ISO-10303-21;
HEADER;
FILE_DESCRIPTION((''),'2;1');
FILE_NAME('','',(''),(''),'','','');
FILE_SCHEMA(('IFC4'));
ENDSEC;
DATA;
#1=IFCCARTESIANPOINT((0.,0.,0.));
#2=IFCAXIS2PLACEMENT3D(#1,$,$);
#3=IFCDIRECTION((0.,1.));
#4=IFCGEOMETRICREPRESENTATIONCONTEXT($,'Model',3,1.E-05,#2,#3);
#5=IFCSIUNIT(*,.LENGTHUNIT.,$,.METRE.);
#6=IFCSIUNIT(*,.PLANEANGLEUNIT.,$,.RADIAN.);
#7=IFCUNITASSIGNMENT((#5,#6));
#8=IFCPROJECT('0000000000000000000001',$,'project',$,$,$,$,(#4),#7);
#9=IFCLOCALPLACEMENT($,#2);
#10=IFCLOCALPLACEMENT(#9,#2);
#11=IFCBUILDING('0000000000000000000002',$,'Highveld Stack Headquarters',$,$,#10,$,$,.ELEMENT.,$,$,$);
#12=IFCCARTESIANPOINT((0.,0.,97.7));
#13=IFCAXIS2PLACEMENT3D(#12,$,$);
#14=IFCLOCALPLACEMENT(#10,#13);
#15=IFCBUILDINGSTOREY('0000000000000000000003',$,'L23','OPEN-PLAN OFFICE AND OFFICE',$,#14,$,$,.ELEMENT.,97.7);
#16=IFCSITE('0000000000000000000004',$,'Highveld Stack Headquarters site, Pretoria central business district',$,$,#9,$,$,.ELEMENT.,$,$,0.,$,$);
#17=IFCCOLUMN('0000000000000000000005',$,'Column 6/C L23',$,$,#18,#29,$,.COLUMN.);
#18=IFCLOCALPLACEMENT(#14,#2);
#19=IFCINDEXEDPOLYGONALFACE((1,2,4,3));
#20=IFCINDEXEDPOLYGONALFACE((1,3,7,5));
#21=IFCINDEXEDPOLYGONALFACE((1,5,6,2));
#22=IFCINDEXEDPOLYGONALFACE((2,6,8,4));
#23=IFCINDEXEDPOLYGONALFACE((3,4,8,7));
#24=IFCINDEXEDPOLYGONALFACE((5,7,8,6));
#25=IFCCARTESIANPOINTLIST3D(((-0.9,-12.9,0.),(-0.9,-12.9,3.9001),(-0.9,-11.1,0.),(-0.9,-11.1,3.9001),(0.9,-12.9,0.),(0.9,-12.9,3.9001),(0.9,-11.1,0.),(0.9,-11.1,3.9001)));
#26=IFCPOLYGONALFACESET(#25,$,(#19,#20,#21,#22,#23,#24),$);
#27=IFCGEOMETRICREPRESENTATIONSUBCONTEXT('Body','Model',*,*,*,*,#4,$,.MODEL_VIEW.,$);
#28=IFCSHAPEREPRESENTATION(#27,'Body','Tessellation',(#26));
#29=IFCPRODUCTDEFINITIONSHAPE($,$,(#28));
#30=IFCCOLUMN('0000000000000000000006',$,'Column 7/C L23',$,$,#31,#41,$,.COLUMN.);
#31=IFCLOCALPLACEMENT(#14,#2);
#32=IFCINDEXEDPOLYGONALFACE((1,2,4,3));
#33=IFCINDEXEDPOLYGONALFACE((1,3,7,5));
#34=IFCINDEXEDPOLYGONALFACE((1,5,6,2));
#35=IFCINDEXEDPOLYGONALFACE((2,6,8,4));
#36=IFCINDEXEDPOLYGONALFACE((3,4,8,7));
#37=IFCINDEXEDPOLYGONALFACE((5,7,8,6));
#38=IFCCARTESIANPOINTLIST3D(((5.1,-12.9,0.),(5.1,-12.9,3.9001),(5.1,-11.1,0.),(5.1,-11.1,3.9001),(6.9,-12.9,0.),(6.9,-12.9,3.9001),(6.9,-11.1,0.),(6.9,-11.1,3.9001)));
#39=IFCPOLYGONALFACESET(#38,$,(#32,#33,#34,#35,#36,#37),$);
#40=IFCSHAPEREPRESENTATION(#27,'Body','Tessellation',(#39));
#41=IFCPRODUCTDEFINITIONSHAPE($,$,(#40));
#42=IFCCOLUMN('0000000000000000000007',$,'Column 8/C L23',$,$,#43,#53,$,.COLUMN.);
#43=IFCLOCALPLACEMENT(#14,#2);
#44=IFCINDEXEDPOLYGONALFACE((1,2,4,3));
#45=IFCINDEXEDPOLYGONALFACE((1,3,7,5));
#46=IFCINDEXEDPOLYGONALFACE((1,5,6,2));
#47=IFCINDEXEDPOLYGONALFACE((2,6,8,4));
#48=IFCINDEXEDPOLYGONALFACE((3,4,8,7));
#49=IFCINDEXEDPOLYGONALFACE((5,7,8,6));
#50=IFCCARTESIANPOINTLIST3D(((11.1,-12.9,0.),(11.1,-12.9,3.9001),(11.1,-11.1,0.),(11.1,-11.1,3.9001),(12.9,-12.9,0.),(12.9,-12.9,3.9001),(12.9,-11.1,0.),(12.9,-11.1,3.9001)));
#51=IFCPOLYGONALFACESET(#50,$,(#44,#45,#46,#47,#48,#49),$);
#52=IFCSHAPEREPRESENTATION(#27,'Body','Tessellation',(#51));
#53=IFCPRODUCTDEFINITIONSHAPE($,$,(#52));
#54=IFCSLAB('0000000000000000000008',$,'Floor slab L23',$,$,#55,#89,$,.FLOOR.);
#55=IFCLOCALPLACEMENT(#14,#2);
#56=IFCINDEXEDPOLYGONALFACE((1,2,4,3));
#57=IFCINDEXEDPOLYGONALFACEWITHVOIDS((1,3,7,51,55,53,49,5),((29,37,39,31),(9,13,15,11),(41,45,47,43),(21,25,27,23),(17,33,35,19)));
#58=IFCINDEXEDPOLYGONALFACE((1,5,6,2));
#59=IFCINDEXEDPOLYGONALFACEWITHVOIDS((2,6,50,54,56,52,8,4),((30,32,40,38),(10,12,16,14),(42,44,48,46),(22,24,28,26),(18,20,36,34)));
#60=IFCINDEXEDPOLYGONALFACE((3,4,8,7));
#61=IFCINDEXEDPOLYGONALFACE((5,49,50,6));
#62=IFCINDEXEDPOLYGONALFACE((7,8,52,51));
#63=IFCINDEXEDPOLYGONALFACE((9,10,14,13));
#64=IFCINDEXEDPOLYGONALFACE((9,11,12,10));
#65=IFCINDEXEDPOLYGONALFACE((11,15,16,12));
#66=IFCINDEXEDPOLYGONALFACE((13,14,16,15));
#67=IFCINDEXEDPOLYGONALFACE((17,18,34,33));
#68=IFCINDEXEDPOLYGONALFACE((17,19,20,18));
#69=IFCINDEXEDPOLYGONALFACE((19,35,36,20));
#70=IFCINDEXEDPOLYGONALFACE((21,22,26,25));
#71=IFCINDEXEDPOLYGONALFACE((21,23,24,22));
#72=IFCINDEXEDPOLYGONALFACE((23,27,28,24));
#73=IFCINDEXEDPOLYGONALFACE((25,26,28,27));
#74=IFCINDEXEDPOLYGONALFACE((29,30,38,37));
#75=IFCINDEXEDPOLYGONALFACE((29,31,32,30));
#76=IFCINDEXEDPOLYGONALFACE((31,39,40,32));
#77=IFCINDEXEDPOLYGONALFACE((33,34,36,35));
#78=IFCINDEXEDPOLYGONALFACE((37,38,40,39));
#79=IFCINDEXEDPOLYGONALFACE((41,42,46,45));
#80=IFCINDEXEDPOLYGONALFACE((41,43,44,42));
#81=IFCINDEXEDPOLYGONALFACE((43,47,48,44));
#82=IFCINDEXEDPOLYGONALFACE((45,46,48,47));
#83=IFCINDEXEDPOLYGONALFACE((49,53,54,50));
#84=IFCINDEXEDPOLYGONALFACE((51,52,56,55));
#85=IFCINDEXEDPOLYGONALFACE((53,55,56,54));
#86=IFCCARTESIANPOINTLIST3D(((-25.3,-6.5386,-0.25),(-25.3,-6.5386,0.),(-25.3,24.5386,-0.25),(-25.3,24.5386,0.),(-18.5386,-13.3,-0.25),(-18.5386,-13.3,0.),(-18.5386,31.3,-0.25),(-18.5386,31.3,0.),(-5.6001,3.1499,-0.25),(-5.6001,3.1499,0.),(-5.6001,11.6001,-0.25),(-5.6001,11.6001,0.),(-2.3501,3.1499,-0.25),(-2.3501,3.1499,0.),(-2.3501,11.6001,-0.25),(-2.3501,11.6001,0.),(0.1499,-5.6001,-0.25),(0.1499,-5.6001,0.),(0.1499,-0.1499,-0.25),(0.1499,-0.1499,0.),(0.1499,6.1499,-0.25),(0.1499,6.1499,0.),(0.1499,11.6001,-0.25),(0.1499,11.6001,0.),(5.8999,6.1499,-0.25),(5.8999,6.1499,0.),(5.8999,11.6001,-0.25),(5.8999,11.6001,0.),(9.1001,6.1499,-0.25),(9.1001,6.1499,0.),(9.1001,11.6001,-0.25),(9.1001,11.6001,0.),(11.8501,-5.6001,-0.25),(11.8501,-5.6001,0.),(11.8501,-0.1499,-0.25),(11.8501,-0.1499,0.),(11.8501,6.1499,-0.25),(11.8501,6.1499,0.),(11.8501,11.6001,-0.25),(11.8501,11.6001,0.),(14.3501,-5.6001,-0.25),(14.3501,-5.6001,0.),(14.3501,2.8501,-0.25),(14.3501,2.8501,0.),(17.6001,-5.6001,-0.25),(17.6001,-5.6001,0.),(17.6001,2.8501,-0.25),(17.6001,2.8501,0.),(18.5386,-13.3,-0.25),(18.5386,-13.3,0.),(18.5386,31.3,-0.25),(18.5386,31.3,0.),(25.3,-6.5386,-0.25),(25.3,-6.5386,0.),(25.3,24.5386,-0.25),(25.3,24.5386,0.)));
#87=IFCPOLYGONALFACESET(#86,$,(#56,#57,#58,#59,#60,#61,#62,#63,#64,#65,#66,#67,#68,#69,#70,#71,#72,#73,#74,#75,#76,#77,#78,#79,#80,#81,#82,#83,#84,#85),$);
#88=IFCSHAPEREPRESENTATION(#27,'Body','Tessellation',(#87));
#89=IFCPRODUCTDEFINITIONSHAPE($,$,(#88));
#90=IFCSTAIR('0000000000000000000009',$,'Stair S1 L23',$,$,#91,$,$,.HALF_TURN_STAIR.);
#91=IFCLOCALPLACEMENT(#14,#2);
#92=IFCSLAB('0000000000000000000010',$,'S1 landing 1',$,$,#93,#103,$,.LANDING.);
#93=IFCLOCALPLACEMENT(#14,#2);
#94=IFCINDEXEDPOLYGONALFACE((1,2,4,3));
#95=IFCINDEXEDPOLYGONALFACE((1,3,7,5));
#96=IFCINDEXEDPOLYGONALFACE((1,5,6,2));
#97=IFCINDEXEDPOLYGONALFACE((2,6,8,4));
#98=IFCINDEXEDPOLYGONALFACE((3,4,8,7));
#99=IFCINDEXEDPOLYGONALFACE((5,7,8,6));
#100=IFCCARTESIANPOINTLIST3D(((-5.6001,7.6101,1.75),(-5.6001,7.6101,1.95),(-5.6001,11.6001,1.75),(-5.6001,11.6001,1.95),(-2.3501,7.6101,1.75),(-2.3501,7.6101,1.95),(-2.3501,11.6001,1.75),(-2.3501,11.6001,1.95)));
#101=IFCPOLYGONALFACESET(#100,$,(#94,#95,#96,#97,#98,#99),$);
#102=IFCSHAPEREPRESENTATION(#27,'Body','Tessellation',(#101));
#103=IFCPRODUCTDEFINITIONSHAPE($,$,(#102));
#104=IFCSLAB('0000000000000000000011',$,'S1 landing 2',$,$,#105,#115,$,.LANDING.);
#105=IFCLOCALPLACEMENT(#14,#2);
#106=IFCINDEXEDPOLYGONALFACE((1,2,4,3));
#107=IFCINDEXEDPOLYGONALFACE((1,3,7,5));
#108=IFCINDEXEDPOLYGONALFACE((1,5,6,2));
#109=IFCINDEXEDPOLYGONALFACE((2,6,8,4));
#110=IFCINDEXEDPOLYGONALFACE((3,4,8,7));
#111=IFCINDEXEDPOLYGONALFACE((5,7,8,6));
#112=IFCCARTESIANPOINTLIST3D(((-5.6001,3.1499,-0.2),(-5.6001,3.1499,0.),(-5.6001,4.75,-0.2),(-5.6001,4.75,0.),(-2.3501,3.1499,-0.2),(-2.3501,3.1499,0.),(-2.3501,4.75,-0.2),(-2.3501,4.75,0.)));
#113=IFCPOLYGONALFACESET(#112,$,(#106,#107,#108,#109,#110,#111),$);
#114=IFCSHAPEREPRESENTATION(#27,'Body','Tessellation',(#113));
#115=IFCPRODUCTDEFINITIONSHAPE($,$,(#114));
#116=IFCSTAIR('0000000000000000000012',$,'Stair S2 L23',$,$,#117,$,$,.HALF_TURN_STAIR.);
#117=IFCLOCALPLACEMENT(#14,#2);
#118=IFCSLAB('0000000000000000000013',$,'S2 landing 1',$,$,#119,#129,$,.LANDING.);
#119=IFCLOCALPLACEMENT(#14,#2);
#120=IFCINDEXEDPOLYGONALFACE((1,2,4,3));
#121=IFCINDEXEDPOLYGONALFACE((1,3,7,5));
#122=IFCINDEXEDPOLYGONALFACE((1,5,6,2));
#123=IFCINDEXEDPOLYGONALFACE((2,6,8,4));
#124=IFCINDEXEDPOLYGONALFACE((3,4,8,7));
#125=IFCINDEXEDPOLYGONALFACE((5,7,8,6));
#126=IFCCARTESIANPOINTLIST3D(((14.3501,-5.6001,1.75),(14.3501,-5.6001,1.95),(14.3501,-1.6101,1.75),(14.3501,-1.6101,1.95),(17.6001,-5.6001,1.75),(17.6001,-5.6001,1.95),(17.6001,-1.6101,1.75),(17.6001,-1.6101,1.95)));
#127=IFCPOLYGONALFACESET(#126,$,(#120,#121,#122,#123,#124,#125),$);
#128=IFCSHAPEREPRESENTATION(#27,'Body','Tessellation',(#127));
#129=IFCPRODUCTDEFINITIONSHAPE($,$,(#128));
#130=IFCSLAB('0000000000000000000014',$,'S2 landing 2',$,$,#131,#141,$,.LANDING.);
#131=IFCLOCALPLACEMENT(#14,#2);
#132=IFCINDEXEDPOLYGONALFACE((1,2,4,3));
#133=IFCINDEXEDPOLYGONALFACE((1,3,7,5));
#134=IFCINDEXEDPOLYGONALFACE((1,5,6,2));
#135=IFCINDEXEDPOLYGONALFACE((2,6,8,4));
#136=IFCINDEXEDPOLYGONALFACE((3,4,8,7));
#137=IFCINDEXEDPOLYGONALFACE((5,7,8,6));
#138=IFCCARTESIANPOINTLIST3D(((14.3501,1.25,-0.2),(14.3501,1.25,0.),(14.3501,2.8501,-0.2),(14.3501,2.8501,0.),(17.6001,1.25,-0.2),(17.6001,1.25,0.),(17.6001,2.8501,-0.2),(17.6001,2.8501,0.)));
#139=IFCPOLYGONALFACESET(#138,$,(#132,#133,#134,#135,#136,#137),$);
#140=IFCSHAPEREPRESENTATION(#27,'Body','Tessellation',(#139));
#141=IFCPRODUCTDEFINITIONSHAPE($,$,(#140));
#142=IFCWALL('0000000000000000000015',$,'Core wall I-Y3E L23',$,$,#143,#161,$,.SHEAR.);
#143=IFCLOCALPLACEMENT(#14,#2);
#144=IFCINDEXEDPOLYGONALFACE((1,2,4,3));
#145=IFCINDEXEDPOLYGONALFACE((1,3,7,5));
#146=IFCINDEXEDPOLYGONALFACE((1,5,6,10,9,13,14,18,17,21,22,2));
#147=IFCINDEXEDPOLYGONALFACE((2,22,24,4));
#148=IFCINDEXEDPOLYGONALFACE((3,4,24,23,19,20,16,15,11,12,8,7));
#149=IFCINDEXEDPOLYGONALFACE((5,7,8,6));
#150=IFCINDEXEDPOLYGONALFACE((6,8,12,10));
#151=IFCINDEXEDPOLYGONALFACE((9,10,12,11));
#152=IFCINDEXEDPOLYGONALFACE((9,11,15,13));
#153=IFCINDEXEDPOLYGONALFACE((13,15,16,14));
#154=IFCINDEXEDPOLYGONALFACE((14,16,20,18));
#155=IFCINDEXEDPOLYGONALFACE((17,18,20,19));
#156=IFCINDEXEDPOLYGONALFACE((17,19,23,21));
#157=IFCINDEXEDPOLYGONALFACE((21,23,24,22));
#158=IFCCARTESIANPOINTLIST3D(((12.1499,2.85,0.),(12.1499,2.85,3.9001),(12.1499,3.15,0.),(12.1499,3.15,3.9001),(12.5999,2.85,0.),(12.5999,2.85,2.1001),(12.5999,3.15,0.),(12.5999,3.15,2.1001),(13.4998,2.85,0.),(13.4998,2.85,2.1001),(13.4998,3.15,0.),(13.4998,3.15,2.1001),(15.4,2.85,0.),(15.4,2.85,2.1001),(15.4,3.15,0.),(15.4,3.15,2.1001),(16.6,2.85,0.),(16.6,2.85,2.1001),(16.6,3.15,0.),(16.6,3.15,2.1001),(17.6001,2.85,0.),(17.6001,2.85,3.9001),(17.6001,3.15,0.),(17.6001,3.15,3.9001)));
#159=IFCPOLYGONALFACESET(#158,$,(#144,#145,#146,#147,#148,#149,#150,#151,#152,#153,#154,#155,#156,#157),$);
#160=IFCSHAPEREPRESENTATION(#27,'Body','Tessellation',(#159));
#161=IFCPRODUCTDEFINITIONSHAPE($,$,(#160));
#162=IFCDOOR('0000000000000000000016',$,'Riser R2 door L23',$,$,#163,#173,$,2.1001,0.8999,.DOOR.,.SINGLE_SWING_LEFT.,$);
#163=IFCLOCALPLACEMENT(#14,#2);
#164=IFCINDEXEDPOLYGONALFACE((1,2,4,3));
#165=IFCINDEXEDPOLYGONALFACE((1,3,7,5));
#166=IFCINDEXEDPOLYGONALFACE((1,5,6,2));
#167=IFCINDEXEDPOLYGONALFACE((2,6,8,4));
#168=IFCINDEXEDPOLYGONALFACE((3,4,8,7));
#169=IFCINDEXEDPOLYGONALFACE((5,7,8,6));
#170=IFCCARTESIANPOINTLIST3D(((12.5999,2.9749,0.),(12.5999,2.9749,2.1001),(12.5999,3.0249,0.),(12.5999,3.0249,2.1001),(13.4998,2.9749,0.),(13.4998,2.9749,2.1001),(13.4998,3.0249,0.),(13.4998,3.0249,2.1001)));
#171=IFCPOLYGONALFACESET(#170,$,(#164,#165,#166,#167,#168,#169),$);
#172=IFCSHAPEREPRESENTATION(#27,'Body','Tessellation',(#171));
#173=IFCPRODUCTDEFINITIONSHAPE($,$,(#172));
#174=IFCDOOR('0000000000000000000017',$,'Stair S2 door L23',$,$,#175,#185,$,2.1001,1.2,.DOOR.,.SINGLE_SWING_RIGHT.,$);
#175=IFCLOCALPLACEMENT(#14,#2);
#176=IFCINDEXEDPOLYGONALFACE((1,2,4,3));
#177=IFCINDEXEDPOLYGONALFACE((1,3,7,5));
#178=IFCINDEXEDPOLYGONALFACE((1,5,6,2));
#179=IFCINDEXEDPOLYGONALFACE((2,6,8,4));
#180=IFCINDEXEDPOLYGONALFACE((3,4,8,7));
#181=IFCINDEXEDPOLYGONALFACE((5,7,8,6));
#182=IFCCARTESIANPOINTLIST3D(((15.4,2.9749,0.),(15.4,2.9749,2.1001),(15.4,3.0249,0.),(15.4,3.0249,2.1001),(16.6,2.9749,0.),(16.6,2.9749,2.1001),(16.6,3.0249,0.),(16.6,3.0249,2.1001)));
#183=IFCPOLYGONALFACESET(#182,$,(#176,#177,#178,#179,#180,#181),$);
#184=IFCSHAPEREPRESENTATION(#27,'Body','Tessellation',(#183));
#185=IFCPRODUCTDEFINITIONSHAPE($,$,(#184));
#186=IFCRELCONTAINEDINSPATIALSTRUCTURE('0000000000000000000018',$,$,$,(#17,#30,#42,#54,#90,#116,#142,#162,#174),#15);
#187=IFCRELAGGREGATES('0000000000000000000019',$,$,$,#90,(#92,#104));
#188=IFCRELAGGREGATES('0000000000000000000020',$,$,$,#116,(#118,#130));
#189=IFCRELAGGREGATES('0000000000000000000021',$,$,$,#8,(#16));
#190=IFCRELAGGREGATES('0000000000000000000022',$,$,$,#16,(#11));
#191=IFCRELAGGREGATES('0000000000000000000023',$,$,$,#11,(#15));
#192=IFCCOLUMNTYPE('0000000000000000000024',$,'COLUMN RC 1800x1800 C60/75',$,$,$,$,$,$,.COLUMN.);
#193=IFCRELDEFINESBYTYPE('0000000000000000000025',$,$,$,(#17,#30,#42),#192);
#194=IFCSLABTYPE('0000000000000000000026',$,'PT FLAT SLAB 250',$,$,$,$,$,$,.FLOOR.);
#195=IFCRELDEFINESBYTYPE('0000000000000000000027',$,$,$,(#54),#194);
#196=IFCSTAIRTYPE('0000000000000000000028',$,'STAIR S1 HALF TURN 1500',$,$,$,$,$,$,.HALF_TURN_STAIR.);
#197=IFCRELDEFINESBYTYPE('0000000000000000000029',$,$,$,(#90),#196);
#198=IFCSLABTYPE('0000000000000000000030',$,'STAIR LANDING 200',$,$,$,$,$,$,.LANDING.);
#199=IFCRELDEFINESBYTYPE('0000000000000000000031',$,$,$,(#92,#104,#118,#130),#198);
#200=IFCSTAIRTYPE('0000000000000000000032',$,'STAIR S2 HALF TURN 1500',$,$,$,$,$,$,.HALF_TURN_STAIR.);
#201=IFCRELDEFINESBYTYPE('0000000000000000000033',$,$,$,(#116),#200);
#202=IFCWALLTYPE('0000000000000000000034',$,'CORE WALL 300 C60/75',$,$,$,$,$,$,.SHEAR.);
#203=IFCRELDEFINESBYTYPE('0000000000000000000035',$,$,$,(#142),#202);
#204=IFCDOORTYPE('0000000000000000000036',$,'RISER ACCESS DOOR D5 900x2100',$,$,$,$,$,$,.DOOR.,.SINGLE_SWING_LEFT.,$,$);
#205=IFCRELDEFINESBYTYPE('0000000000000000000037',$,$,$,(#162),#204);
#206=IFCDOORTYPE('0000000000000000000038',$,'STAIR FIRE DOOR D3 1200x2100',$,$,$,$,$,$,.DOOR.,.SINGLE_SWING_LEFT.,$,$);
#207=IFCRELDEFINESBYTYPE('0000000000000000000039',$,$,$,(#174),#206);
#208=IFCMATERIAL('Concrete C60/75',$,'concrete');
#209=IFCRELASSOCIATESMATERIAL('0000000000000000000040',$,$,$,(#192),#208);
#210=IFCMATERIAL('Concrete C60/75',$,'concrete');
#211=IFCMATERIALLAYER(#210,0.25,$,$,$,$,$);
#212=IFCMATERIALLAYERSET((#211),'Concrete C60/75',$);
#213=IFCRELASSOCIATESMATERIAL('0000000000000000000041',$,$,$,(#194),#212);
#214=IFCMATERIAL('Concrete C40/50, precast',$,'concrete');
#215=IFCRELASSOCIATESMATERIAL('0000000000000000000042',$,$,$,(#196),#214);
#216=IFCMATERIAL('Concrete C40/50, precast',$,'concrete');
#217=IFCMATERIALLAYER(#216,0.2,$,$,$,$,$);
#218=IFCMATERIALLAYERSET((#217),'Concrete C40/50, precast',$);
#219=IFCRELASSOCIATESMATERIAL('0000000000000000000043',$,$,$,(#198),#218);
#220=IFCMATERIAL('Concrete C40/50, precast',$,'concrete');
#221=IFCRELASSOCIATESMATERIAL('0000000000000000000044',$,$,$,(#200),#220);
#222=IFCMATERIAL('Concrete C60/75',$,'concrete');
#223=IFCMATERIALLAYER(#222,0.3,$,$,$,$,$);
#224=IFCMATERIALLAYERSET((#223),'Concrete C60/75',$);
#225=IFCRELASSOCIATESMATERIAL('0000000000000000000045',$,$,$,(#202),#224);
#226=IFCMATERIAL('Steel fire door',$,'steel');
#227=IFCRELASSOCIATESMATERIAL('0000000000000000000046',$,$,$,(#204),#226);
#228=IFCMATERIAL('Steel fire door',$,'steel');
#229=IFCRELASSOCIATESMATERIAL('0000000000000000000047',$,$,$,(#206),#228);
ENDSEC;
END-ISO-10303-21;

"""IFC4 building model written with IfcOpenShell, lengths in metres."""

from ifc_helpers import new_model, si_unit, direction, frame, frame_2d, origin, origin_2d, place, context, subcontext, project, spatial, polyline, rectangle, outline, extrude, material, layer, layer_set, material_profile, profile_set, type_object, element, fill, aggregate, save


model = new_model("IFC4")

# Units and contexts
model_context = context("Model", 3, precision=1e-05, world=origin(), true_north=direction((0.0, 1.0)))
body_context = subcontext(model_context, "Body", "Model", "MODEL_VIEW")
ifc_project = project(units=[si_unit("LENGTHUNIT", "METRE"), si_unit("PLANEANGLEUNIT", "RADIAN")], contexts=[model_context])

# Site, building, storey
site_placement = place(None, origin())
site = spatial("IfcSite", under=ifc_project, at=site_placement, Name="Highveld Stack Headquarters site, Pretoria central business district", CompositionType="ELEMENT", RefElevation=0.0)
building_placement = place(site_placement, origin())
building = spatial("IfcBuilding", under=site, at=building_placement, Name="Highveld Stack Headquarters", CompositionType="ELEMENT")
storey_placement = place(building_placement, frame((0.0, 0.0, 97.7)))
storey = spatial("IfcBuildingStorey", under=building, at=storey_placement, Name="L23", Description="OPEN-PLAN OFFICE AND OFFICE", CompositionType="ELEMENT", Elevation=97.7)

# Columns
ifc_material_1 = material(Name="Concrete C60/75", Category="concrete")
ifc_material_profile = material_profile(ifc_material_1, rectangle(XDim=1.8, YDim=1.8, at=origin_2d()), Name="RC 1800x1800")
ifc_profile_set = profile_set([ifc_material_profile], Name="Concrete C60/75")
column_type = type_object("IfcColumnType", Name="COLUMN RC 1800x1800 C60/75", PredefinedType="COLUMN", material=ifc_profile_set)
for number, where, z_axis, x_axis, name in (
    (1, (0.0, -12.0, 0.0), (0.0, 0.0, 1.0), (1.0, 0.0, 0.0), "Column 6/C L23"),
    (2, (6.0, -12.0, 0.0), (0.0, 0.0, 1.0), (1.0, 0.0, 0.0), "Column 7/C L23"),
    (3, (12.0, -12.0, 0.0), (0.0, 0.0, 1.0), (1.0, 0.0, 0.0), "Column 8/C L23"),
):
    element("IfcColumn", number, at=place(storey_placement, frame(where, z_axis=z_axis, x_axis=x_axis)), inside=storey, type_object=column_type, Name=name, PredefinedType="COLUMN", context=body_context, shape_type="SweptSolid", body=[
        extrude(rectangle(XDim=1.8, YDim=1.8, at=origin_2d()), origin(), (0.0, 0.0, 1.0), 3.9001),
    ])

# Slab
ifc_material_2 = material(Name="Concrete C60/75", Category="concrete")
ifc_layer_1 = layer(ifc_material_2, 0.25)
ifc_layer_set_1 = layer_set([ifc_layer_1], Name="Concrete C60/75")
slab_type_1 = type_object("IfcSlabType", Name="PT FLAT SLAB 250", PredefinedType="FLOOR", material=ifc_layer_set_1)
slab_1_placement = place(storey_placement, frame((0.0, 0.0, -0.25)))
element("IfcSlab", 4, at=slab_1_placement, inside=storey, type_object=slab_type_1, Name="Floor slab L23", PredefinedType="FLOOR", context=body_context, shape_type="SweptSolid", body=[
    extrude(outline(polyline([(-18.5386, -13.3), (18.5386, -13.3), (25.3, -6.5386), (25.3, 24.5386), (18.5386, 31.3), (-18.5386, 31.3), (-25.3, 24.5386), (-25.3, -6.5386), (-18.5386, -13.3)]), holes=[polyline([(0.1499, 6.1499), (5.8999, 6.1499), (5.8999, 11.6001), (0.1499, 11.6001), (0.1499, 6.1499)]), polyline([(9.1001, 6.1499), (11.8501, 6.1499), (11.8501, 11.6001), (9.1001, 11.6001), (9.1001, 6.1499)]), polyline([(0.1499, -5.6001), (11.8501, -5.6001), (11.8501, -0.1499), (0.1499, -0.1499), (0.1499, -5.6001)]), polyline([(-5.6001, 3.1499), (-2.3501, 3.1499), (-2.3501, 11.6001), (-5.6001, 11.6001), (-5.6001, 3.1499)]), polyline([(14.3501, -5.6001), (17.6001, -5.6001), (17.6001, 2.8501), (14.3501, 2.8501), (14.3501, -5.6001)])]), origin(), (0.0, 0.0, 1.0), 0.25),
])

# Stairs, slabs
ifc_material_3 = material(Name="Concrete C40/50, precast", Category="concrete")
stair_type_1 = type_object("IfcStairType", Name="STAIR S1 HALF TURN 1500", PredefinedType="HALF_TURN_STAIR", material=ifc_material_3)
stair_1_placement = place(storey_placement, origin())
stair_1 = element("IfcStair", 5, at=stair_1_placement, inside=storey, type_object=stair_type_1, Name="Stair S1 L23", PredefinedType="HALF_TURN_STAIR")
ifc_material_4 = material(Name="Concrete C40/50, precast", Category="concrete")
ifc_layer_2 = layer(ifc_material_4, 0.2)
ifc_layer_set_2 = layer_set([ifc_layer_2], Name="Concrete C40/50, precast")
slab_type_2 = type_object("IfcSlabType", Name="STAIR LANDING 200", PredefinedType="LANDING", material=ifc_layer_set_2)
slab_2_placement = place(storey_placement, frame((0.0, 0.0, 1.75)))
slab_2 = element("IfcSlab", 6, at=slab_2_placement, type_object=slab_type_2, Name="S1 landing 1", PredefinedType="LANDING", context=body_context, shape_type="SweptSolid", body=[
    extrude(outline(polyline([(-5.6001, 7.6101), (-2.3501, 7.6101), (-2.3501, 11.6001), (-5.6001, 11.6001), (-5.6001, 7.6101)])), origin(), (0.0, 0.0, 1.0), 0.2),
])
slab_3_placement = place(storey_placement, frame((0.0, 0.0, -0.2)))
slab_3 = element("IfcSlab", 7, at=slab_3_placement, type_object=slab_type_2, Name="S1 landing 2", PredefinedType="LANDING", context=body_context, shape_type="SweptSolid", body=[
    extrude(outline(polyline([(-5.6001, 3.1499), (-2.3501, 3.1499), (-2.3501, 4.75), (-5.6001, 4.75), (-5.6001, 3.1499)])), origin(), (0.0, 0.0, 1.0), 0.2),
])
aggregate(stair_1, [slab_2, slab_3])
ifc_material_5 = material(Name="Concrete C40/50, precast", Category="concrete")
stair_type_2 = type_object("IfcStairType", Name="STAIR S2 HALF TURN 1500", PredefinedType="HALF_TURN_STAIR", material=ifc_material_5)
stair_2_placement = place(storey_placement, origin())
stair_2 = element("IfcStair", 8, at=stair_2_placement, inside=storey, type_object=stair_type_2, Name="Stair S2 L23", PredefinedType="HALF_TURN_STAIR")
slab_4_placement = place(storey_placement, frame((0.0, 0.0, 1.75)))
slab_4 = element("IfcSlab", 9, at=slab_4_placement, type_object=slab_type_2, Name="S2 landing 1", PredefinedType="LANDING", context=body_context, shape_type="SweptSolid", body=[
    extrude(outline(polyline([(14.3501, -5.6001), (17.6001, -5.6001), (17.6001, -1.6101), (14.3501, -1.6101), (14.3501, -5.6001)])), origin(), (0.0, 0.0, 1.0), 0.2),
])
slab_5_placement = place(storey_placement, frame((0.0, 0.0, -0.2)))
slab_5 = element("IfcSlab", 10, at=slab_5_placement, type_object=slab_type_2, Name="S2 landing 2", PredefinedType="LANDING", context=body_context, shape_type="SweptSolid", body=[
    extrude(outline(polyline([(14.3501, 1.25), (17.6001, 1.25), (17.6001, 2.8501), (14.3501, 2.8501), (14.3501, 1.25)])), origin(), (0.0, 0.0, 1.0), 0.2),
])

# Wall, openings, doors
ifc_material_6 = material(Name="Concrete C60/75", Category="concrete")
ifc_layer_3 = layer(ifc_material_6, 0.3)
ifc_layer_set_3 = layer_set([ifc_layer_3], Name="Concrete C60/75")
wall_type_1 = type_object("IfcWallType", Name="CORE WALL 300 C60/75", PredefinedType="SHEAR", material=ifc_layer_set_3)
wall_1_placement = place(storey_placement, frame((12.1499, 3.0, 0.0), z_axis=(0.0, 0.0, 1.0), x_axis=(1.0, 0.0, 0.0)))
wall_1 = element("IfcWall", 11, at=wall_1_placement, inside=storey, type_object=wall_type_1, Name="Core wall I-Y3E L23", PredefinedType="SHEAR", context=body_context, shape_type="SweptSolid", body=[
    extrude(rectangle(XDim=5.4502, YDim=0.3, at=frame_2d((2.7251, 0.0))), origin(), (0.0, 0.0, 1.0), 3.9001),
])
opening_1_placement = place(wall_1_placement, frame((3.25, 0.0, 0.0)))
opening_1 = element("IfcOpeningElement", 12, at=opening_1_placement, cuts=wall_1, PredefinedType="OPENING", context=body_context, shape_type="SweptSolid", body=[
    extrude(rectangle(XDim=1.2, YDim=2.1001, at=frame_2d((0.6001, 1.05))), frame((0.0, 0.1599, 0.0), z_axis=(0.0, -1.0, 0.0), x_axis=(1.0, 0.0, 0.0)), (0.0, 0.0, 1.0), 0.3201),
])
opening_2_placement = place(wall_1_placement, frame((0.45, 0.0, 0.0)))
opening_2 = element("IfcOpeningElement", 13, at=opening_2_placement, cuts=wall_1, PredefinedType="OPENING", context=body_context, shape_type="SweptSolid", body=[
    extrude(rectangle(XDim=0.8999, YDim=2.1001, at=frame_2d((0.45, 1.05))), frame((0.0, 0.1599, 0.0), z_axis=(0.0, -1.0, 0.0), x_axis=(1.0, 0.0, 0.0)), (0.0, 0.0, 1.0), 0.3201),
])
ifc_material_7 = material(Name="Steel fire door", Category="steel")
door_type_1 = type_object("IfcDoorType", Name="RISER ACCESS DOOR D5 900x2100", OperationType="SINGLE_SWING_LEFT", PredefinedType="DOOR", material=ifc_material_7)
door_1_placement = place(opening_2_placement, origin())
door_1 = element("IfcDoor", 14, at=door_1_placement, inside=storey, type_object=door_type_1, Name="Riser R2 door L23", OperationType="SINGLE_SWING_LEFT", OverallHeight=2.1001, OverallWidth=0.8999, PredefinedType="DOOR", context=body_context, shape_type="SweptSolid", body=[
    extrude(rectangle(XDim=0.8999, YDim=2.1001, at=frame_2d((0.45, 1.05))), frame((0.0, 0.0249, 0.0), z_axis=(0.0, -1.0, 0.0), x_axis=(1.0, 0.0, 0.0)), (0.0, 0.0, 1.0), 0.05),
])
fill(opening_2, door_1)
ifc_material_8 = material(Name="Steel fire door", Category="steel")
door_type_2 = type_object("IfcDoorType", Name="STAIR FIRE DOOR D3 1200x2100", OperationType="SINGLE_SWING_LEFT", PredefinedType="DOOR", material=ifc_material_8)
door_2_placement = place(opening_1_placement, origin())
door_2 = element("IfcDoor", 15, at=door_2_placement, inside=storey, type_object=door_type_2, Name="Stair S2 door L23", OperationType="SINGLE_SWING_RIGHT", OverallHeight=2.1001, OverallWidth=1.2, PredefinedType="DOOR", context=body_context, shape_type="SweptSolid", body=[
    extrude(rectangle(XDim=1.2, YDim=2.1001, at=frame_2d((0.6001, 1.05))), frame((0.0, 0.0249, 0.0), z_axis=(0.0, -1.0, 0.0), x_axis=(1.0, 0.0, 0.0)), (0.0, 0.0, 1.0), 0.05),
])
fill(opening_1, door_2)

aggregate(stair_2, [slab_4, slab_5])

save(model, "model.ifc")
